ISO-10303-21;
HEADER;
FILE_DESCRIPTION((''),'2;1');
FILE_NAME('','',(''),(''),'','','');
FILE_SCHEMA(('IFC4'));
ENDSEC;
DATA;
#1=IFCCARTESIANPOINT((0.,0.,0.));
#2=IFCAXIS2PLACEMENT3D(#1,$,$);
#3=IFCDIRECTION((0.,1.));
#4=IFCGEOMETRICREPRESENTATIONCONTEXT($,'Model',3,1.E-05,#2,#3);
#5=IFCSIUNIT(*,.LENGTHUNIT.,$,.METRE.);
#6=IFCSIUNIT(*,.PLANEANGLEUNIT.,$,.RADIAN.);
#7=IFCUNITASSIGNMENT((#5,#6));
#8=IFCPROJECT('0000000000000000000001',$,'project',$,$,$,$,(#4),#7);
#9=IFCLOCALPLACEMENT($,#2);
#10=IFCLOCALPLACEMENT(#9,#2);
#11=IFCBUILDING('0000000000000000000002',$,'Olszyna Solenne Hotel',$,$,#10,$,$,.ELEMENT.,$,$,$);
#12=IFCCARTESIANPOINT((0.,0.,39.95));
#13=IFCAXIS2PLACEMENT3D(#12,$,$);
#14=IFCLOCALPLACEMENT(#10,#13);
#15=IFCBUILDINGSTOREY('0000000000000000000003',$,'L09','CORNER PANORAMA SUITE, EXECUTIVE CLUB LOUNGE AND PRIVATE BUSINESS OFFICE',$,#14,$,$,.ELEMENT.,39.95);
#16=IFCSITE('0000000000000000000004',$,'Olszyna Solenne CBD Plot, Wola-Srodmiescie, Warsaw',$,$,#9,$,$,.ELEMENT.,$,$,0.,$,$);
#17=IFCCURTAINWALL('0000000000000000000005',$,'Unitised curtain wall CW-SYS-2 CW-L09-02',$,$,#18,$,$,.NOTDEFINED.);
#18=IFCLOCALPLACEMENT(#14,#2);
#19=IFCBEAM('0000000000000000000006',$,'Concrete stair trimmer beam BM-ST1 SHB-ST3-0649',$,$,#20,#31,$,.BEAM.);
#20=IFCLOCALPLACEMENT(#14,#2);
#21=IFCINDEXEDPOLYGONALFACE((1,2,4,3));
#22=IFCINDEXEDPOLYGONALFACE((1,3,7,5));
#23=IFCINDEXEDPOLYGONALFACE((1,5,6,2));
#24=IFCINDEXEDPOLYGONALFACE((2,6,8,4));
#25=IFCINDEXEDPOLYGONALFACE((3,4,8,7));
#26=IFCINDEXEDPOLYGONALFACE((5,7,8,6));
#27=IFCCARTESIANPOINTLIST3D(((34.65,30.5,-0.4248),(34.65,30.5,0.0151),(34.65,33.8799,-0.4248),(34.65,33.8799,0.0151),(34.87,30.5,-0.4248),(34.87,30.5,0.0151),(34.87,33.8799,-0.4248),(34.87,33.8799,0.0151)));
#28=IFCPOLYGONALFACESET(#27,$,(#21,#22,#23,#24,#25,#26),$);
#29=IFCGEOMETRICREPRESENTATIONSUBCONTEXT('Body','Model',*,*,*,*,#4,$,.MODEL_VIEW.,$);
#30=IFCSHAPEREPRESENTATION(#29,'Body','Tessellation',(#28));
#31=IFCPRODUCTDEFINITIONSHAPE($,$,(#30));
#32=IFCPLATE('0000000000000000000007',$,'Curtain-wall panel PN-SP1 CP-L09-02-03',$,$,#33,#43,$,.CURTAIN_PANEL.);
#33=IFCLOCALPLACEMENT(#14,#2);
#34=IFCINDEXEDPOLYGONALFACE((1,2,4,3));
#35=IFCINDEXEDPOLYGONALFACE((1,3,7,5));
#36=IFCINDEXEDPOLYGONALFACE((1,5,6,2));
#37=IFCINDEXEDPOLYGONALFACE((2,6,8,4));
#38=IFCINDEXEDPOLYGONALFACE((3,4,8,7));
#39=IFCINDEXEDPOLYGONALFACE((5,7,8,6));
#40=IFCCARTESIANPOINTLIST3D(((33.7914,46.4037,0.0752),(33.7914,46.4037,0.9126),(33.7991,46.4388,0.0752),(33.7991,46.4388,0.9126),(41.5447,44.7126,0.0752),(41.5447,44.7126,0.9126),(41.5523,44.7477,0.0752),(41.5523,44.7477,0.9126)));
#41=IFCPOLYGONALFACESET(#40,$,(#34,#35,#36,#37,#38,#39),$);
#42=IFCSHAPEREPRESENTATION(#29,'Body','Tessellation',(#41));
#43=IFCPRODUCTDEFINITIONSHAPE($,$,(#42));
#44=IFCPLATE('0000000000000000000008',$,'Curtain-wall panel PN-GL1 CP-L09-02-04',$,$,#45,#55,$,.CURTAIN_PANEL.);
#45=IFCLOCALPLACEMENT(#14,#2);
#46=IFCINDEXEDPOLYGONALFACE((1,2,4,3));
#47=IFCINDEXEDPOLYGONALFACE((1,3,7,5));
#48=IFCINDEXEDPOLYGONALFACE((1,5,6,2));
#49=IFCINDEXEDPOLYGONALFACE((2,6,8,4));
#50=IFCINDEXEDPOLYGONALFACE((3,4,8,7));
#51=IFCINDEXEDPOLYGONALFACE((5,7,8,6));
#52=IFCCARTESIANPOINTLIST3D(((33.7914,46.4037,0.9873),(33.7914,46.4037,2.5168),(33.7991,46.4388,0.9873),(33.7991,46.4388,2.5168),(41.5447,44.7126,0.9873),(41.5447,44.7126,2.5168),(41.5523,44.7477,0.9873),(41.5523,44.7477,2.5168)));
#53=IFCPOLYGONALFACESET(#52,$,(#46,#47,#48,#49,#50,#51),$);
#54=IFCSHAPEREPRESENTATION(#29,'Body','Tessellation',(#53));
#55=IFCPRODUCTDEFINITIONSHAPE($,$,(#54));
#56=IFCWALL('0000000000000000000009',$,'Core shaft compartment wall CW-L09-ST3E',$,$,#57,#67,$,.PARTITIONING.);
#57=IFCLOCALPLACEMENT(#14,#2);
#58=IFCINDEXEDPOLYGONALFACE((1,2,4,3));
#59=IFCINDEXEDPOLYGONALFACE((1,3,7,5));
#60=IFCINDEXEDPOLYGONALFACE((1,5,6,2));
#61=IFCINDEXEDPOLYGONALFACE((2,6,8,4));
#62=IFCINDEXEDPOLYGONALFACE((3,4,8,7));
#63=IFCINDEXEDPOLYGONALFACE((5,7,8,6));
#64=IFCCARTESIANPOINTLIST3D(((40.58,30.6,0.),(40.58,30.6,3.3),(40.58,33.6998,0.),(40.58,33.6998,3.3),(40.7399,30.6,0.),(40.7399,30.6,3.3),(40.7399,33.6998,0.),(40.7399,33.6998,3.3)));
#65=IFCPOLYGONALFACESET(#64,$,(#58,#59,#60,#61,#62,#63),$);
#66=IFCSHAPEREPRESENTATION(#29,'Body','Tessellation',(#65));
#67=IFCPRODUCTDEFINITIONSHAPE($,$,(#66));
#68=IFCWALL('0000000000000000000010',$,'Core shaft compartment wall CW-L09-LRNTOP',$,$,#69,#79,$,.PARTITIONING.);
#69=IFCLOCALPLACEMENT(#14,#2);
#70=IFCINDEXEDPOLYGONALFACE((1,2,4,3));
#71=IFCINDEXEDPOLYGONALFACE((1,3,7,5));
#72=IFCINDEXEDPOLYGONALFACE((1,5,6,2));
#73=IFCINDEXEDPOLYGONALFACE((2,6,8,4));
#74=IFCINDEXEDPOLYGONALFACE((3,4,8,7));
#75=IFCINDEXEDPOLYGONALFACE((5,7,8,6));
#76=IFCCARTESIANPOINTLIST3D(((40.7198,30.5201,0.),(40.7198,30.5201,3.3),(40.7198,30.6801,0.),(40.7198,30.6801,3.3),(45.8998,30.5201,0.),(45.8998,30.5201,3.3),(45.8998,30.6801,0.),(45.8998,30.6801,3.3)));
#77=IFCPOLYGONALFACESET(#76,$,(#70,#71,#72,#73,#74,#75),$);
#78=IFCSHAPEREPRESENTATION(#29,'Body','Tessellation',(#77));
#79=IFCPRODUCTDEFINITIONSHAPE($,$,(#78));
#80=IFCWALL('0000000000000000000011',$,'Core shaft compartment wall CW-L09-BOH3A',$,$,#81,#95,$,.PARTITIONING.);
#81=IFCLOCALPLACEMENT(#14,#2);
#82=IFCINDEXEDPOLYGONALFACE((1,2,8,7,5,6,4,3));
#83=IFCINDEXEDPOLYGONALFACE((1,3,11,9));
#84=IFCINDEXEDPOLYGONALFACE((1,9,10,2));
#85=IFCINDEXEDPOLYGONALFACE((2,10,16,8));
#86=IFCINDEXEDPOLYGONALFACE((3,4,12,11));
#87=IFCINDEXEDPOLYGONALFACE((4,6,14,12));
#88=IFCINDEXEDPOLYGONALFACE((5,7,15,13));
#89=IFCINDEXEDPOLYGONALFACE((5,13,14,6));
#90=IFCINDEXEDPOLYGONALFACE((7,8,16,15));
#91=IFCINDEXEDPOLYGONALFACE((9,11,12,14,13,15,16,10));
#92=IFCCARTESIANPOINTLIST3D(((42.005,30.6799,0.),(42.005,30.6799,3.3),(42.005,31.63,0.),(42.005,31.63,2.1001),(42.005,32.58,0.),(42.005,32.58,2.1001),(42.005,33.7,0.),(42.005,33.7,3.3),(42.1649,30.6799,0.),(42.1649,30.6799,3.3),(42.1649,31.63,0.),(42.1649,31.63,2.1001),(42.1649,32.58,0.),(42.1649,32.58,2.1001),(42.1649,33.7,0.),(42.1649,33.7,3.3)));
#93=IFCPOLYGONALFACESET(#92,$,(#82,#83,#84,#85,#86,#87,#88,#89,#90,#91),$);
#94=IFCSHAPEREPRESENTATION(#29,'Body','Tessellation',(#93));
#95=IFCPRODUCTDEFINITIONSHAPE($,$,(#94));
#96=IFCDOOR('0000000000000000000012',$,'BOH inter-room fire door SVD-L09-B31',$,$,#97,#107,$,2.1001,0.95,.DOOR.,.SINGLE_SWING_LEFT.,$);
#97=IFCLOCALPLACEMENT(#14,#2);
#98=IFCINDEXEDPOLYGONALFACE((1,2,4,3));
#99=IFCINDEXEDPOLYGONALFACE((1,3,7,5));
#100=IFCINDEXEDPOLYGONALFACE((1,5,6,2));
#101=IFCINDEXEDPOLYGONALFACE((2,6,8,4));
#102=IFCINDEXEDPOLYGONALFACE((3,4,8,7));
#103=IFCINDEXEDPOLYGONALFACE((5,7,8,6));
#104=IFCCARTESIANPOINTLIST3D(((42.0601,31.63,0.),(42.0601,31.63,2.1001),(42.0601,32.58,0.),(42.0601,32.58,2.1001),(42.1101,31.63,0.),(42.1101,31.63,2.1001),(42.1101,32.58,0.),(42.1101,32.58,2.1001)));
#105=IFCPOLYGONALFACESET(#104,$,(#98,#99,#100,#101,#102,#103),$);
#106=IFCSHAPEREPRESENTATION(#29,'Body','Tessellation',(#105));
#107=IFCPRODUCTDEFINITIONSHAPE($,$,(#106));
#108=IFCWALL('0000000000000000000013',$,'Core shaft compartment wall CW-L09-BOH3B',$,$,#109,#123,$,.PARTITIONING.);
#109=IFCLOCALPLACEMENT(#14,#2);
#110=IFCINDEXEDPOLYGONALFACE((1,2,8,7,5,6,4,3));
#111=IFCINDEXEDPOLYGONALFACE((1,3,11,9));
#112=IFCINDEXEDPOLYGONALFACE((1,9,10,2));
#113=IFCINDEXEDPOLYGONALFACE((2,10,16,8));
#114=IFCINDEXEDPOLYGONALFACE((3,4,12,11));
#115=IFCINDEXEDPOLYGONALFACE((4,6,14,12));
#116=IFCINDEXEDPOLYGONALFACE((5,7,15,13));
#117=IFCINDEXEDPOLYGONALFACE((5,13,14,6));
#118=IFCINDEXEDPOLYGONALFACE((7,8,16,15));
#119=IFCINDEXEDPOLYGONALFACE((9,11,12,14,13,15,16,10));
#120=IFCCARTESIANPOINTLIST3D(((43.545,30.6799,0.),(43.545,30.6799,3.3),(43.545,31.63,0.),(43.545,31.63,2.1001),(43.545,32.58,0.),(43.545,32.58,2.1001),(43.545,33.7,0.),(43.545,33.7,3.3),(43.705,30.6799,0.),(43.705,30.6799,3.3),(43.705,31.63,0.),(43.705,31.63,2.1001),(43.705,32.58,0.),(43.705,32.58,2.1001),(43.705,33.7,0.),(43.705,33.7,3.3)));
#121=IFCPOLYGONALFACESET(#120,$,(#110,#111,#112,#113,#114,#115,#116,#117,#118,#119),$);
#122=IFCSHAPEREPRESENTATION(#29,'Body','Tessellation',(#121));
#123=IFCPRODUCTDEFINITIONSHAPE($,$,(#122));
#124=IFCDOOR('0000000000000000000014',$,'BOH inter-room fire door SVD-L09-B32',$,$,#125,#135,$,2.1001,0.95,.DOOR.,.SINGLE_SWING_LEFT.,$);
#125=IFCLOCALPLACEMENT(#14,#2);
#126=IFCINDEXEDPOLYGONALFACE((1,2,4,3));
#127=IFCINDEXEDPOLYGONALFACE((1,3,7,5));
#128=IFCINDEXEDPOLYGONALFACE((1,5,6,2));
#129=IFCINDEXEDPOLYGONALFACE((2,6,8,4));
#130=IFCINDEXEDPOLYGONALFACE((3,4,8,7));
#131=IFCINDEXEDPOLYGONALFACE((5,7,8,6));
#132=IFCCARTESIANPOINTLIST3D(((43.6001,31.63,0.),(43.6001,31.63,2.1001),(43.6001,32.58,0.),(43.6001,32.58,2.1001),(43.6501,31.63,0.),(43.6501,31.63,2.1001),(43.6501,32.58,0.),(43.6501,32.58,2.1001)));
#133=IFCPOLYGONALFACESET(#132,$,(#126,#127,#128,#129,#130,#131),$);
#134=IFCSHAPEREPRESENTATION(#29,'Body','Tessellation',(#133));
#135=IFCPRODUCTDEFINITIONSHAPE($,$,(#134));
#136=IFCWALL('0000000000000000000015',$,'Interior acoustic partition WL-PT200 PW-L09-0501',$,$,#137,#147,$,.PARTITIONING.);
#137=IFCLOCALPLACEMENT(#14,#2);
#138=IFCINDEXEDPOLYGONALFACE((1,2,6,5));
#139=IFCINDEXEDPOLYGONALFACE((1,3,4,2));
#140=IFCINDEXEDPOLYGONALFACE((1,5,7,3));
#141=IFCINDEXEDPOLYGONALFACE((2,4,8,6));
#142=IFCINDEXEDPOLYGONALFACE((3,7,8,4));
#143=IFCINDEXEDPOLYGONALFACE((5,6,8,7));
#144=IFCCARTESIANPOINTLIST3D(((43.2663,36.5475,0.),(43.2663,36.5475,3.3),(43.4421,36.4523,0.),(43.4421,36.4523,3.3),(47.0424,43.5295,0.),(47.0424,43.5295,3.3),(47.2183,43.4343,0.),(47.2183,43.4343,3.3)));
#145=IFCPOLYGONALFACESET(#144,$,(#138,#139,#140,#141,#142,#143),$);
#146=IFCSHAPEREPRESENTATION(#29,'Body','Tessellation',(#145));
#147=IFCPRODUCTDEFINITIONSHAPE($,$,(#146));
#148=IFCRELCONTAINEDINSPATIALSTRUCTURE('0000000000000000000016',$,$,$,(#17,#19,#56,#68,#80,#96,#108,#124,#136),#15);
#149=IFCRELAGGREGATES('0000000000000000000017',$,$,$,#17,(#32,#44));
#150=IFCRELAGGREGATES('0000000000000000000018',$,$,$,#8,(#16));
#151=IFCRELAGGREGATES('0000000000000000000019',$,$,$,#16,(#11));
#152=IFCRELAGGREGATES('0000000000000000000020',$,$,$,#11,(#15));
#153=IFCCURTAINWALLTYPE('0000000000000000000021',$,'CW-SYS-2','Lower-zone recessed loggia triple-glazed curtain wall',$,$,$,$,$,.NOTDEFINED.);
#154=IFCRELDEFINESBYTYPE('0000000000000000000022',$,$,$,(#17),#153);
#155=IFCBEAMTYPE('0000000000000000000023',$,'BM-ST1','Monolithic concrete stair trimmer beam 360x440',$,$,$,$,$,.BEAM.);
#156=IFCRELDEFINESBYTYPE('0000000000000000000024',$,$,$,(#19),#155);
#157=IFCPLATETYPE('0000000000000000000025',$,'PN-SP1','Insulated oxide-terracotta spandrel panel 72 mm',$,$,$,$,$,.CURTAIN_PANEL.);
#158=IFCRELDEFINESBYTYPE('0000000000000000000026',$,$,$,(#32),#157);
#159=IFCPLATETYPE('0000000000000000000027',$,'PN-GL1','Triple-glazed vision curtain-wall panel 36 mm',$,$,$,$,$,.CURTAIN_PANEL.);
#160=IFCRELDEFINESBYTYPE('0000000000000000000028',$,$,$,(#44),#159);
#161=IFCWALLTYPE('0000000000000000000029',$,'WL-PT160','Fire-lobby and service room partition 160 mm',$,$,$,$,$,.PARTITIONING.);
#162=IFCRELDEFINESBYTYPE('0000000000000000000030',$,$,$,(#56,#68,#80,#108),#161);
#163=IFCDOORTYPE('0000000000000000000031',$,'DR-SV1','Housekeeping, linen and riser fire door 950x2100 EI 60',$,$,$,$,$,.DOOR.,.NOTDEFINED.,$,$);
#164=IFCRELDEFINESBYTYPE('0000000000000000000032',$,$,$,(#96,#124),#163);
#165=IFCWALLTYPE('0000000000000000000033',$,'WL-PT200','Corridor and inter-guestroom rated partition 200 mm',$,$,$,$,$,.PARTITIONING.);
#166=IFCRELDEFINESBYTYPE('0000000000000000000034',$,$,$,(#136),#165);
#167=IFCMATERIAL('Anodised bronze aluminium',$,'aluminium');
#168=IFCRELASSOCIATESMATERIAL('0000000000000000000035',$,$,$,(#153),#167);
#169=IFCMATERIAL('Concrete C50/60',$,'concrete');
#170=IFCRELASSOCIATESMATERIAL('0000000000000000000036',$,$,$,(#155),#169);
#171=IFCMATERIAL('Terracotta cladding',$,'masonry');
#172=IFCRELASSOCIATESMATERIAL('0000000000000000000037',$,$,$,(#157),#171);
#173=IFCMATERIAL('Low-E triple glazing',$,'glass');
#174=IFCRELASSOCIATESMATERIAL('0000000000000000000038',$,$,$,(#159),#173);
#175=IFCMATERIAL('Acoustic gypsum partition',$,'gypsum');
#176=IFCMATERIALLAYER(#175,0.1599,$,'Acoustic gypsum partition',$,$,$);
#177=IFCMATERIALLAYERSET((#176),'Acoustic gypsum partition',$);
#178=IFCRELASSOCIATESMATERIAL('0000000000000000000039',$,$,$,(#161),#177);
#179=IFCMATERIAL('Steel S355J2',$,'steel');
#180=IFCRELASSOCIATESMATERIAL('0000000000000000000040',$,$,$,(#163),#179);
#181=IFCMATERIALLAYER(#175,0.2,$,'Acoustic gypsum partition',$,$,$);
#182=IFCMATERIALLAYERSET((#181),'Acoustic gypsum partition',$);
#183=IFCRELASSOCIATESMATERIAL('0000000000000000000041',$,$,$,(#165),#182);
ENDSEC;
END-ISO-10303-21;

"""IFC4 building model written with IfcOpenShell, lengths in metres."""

from ifc_helpers import new_model, si_unit, direction, frame, frame_2d, origin, origin_2d, place, context, subcontext, project, spatial, rectangle, extrude, source, transform, mapped, material, layer, layer_set, material_profile, profile_set, type_object, type_shapes, element, fill, aggregate, save


model = new_model("IFC4")

# Units and contexts
model_context = context("Model", 3, precision=1e-05, world=origin(), true_north=direction((0.0, 1.0)))
body_context = subcontext(model_context, "Body", "Model", "MODEL_VIEW")
ifc_project = project(units=[si_unit("LENGTHUNIT", "METRE"), si_unit("PLANEANGLEUNIT", "RADIAN")], contexts=[model_context])

# Site, building, storey
site_placement = place(None, origin())
site = spatial("IfcSite", under=ifc_project, at=site_placement, Name="Olszyna Solenne CBD Plot, Wola-Srodmiescie, Warsaw", CompositionType="ELEMENT", RefElevation=0.0)
building_placement = place(site_placement, origin())
building = spatial("IfcBuilding", under=site, at=building_placement, Name="Olszyna Solenne Hotel", CompositionType="ELEMENT")
storey_placement = place(building_placement, frame((0.0, 0.0, 39.95)))
storey = spatial("IfcBuildingStorey", under=building, at=storey_placement, Name="L09", Description="CORNER PANORAMA SUITE, EXECUTIVE CLUB LOUNGE AND PRIVATE BUSINESS OFFICE", CompositionType="ELEMENT", Elevation=39.95)

# Shared definitions
ifc_material_1 = material(Name="Steel S355J2", Category="steel")

# Curtain wall
ifc_material_2 = material(Name="Anodised bronze aluminium", Category="aluminium")
curtain_wall_type = type_object("IfcCurtainWallType", Name="CW-SYS-2", Description="Lower-zone recessed loggia triple-glazed curtain wall", PredefinedType="NOTDEFINED", material=ifc_material_2)
curtain_wall_placement = place(storey_placement, origin())
curtain_wall = element("IfcCurtainWall", 1, at=curtain_wall_placement, inside=storey, type_object=curtain_wall_type, Name="Unitised curtain wall CW-SYS-2 CW-L09-02", PredefinedType="NOTDEFINED")

# Beam
ifc_material_3 = material(Name="Concrete C50/60", Category="concrete")
ifc_material_profile_1 = material_profile(ifc_material_3, rectangle(XDim=0.22, YDim=0.4399, at=origin_2d()), Name="RC 220x440", Category="load-bearing")
ifc_profile_set_1 = profile_set([ifc_material_profile_1], Name="Concrete C50/60")
beam_type_1 = type_object("IfcBeamType", Name="BM-ST1", Description="Monolithic concrete stair trimmer beam 360x440", PredefinedType="BEAM", material=ifc_profile_set_1)
shared_shape_1 = source(origin(), body_context, "Body", "SweptSolid", [
    extrude(rectangle(XDim=0.22, YDim=0.4399, at=origin_2d()), origin(), (0.0, 0.0, 1.0), 3.3799),
])
beam_1_placement = place(storey_placement, frame((34.76, 30.5, -0.2048), z_axis=(0.0, 1.0, 0.0), x_axis=(-1.0, 0.0, 0.0)))
element("IfcBeam", 2, at=beam_1_placement, inside=storey, type_object=beam_type_1, Name="Concrete stair trimmer beam BM-ST1 SHB-ST3-0649", PredefinedType="BEAM", context=body_context, shape_type="MappedRepresentation", body=[
    mapped(shared_shape_1, transform((0.0, 0.0, 0.0), x_axis=(1.0, 0.0, 0.0), y_axis=(0.0, 1.0, 0.0), z_axis=(0.0, 0.0, 1.0), scale=1.0)),
])

# Plates
ifc_material_4 = material(Name="Terracotta cladding", Category="masonry")
plate_type_1 = type_object("IfcPlateType", Name="PN-SP1", Description="Insulated oxide-terracotta spandrel panel 72 mm", PredefinedType="CURTAIN_PANEL", material=ifc_material_4)
shared_shape_2 = source(origin(), body_context, "Body", "SweptSolid", [
    extrude(rectangle(XDim=7.9355, YDim=0.0359, at=origin_2d()), origin(), (0.0, 0.0, 1.0), 0.8374),
])
plate_1_placement = place(storey_placement, frame((37.6719, 45.5757, 0.0752), z_axis=(0.0, 0.0, 1.0), x_axis=(0.97703, -0.213104, 0.0)))
plate_1 = element("IfcPlate", 3, at=plate_1_placement, type_object=plate_type_1, Name="Curtain-wall panel PN-SP1 CP-L09-02-03", PredefinedType="CURTAIN_PANEL", context=body_context, shape_type="MappedRepresentation", body=[
    mapped(shared_shape_2, transform((0.0, 0.0, 0.0), x_axis=(1.0, 0.0, 0.0), y_axis=(0.0, 1.0, 0.0), z_axis=(0.0, 0.0, 1.0), scale=1.0)),
])
ifc_material_5 = material(Name="Low-E triple glazing", Category="glass")
plate_type_2 = type_object("IfcPlateType", Name="PN-GL1", Description="Triple-glazed vision curtain-wall panel 36 mm", PredefinedType="CURTAIN_PANEL", material=ifc_material_5)
shared_shape_3 = source(origin(), body_context, "Body", "SweptSolid", [
    extrude(rectangle(XDim=7.9355, YDim=0.0359, at=origin_2d()), origin(), (0.0, 0.0, 1.0), 1.5295),
])
plate_2_placement = place(storey_placement, frame((37.6719, 45.5757, 0.9873), z_axis=(0.0, 0.0, 1.0), x_axis=(0.97703, -0.213104, 0.0)))
plate_2 = element("IfcPlate", 4, at=plate_2_placement, type_object=plate_type_2, Name="Curtain-wall panel PN-GL1 CP-L09-02-04", PredefinedType="CURTAIN_PANEL", context=body_context, shape_type="MappedRepresentation", body=[
    mapped(shared_shape_3, transform((0.0, 0.0, 0.0), x_axis=(1.0, 0.0, 0.0), y_axis=(0.0, 1.0, 0.0), z_axis=(0.0, 0.0, 1.0), scale=1.0)),
])
aggregate(curtain_wall, [plate_1, plate_2])

# Walls
ifc_material_6 = material(Name="Acoustic gypsum partition", Category="gypsum")
ifc_layer_1 = layer(ifc_material_6, 0.1599, Name="Acoustic gypsum partition")
ifc_layer_set_1 = layer_set([ifc_layer_1], Name="Acoustic gypsum partition")
wall_type_1 = type_object("IfcWallType", Name="WL-PT160", Description="Fire-lobby and service room partition 160 mm", PredefinedType="PARTITIONING", material=ifc_layer_set_1)
wall_1_placement = place(storey_placement, frame((40.6599, 30.6001, 0.0), z_axis=(0.0, 0.0, 1.0), x_axis=(0.0, 1.0, 0.0)))
element("IfcWall", 5, at=wall_1_placement, inside=storey, type_object=wall_type_1, Name="Core shaft compartment wall CW-L09-ST3E", PredefinedType="PARTITIONING", context=body_context, shape_type="SweptSolid", body=[
    extrude(rectangle(XDim=3.0999, YDim=0.1599, at=frame_2d((1.5498, 0.0))), origin(), (0.0, 0.0, 1.0), 3.3),
])
wall_2_placement = place(storey_placement, frame((40.72, 30.6001, 0.0), z_axis=(0.0, 0.0, 1.0), x_axis=(1.0, 0.0, 0.0)))
element("IfcWall", 6, at=wall_2_placement, inside=storey, type_object=wall_type_1, Name="Core shaft compartment wall CW-L09-LRNTOP", PredefinedType="PARTITIONING", context=body_context, shape_type="SweptSolid", body=[
    extrude(rectangle(XDim=5.1799, YDim=0.1599, at=frame_2d((2.5898, 0.0))), origin(), (0.0, 0.0, 1.0), 3.3),
])

# Walls, openings, doors
wall_3_placement = place(storey_placement, frame((42.085, 30.6799, 0.0), z_axis=(0.0, 0.0, 1.0), x_axis=(0.0, 1.0, 0.0)))
wall_3 = element("IfcWall", 7, at=wall_3_placement, inside=storey, type_object=wall_type_1, Name="Core shaft compartment wall CW-L09-BOH3A", PredefinedType="PARTITIONING", context=body_context, shape_type="SweptSolid", body=[
    extrude(rectangle(XDim=3.02, YDim=0.1599, at=frame_2d((1.51, 0.0))), origin(), (0.0, 0.0, 1.0), 3.3),
])
opening_1_placement = place(wall_3_placement, frame((0.95, 0.0, 0.0)))
opening_1 = element("IfcOpeningElement", 8, at=opening_1_placement, cuts=wall_3, PredefinedType="OPENING", context=body_context, shape_type="SweptSolid", body=[
    extrude(rectangle(XDim=0.95, YDim=2.1001, at=frame_2d((0.4751, 1.05))), frame((0.0, 0.0898, 0.0), z_axis=(0.0, -1.0, 0.0), x_axis=(1.0, 0.0, 0.0)), (0.0, 0.0, 1.0), 0.1799),
])
door_type = type_object("IfcDoorType", Name="DR-SV1", Description="Housekeeping, linen and riser fire door 950x2100 EI 60", OperationType="NOTDEFINED", PredefinedType="DOOR", material=ifc_material_1)
shared_shape_4 = source(origin(), body_context, "Body", "SweptSolid", [
    extrude(rectangle(XDim=0.95, YDim=2.1001, at=frame_2d((0.4751, 1.05))), frame((0.0, 0.0249, 0.0), z_axis=(0.0, -1.0, 0.0), x_axis=(1.0, 0.0, 0.0)), (0.0, 0.0, 1.0), 0.05),
])
type_shapes(door_type, [shared_shape_4])
door_1_placement = place(opening_1_placement, origin())
door_1 = element("IfcDoor", 9, at=door_1_placement, inside=storey, type_object=door_type, Name="BOH inter-room fire door SVD-L09-B31", OperationType="SINGLE_SWING_LEFT", OverallHeight=2.1001, OverallWidth=0.95, PredefinedType="DOOR", context=body_context, shape_type="MappedRepresentation", body=[
    mapped(shared_shape_4, transform((0.0, 0.0, 0.0), x_axis=(1.0, 0.0, 0.0), y_axis=(0.0, 1.0, 0.0), z_axis=(0.0, 0.0, 1.0), scale=1.0)),
])
fill(opening_1, door_1)
wall_4_placement = place(storey_placement, frame((43.625, 30.6799, 0.0), z_axis=(0.0, 0.0, 1.0), x_axis=(0.0, 1.0, 0.0)))
wall_4 = element("IfcWall", 10, at=wall_4_placement, inside=storey, type_object=wall_type_1, Name="Core shaft compartment wall CW-L09-BOH3B", PredefinedType="PARTITIONING", context=body_context, shape_type="SweptSolid", body=[
    extrude(rectangle(XDim=3.02, YDim=0.1599, at=frame_2d((1.51, 0.0))), origin(), (0.0, 0.0, 1.0), 3.3),
])
opening_2_placement = place(wall_4_placement, frame((0.95, 0.0, 0.0)))
opening_2 = element("IfcOpeningElement", 11, at=opening_2_placement, cuts=wall_4, PredefinedType="OPENING", context=body_context, shape_type="SweptSolid", body=[
    extrude(rectangle(XDim=0.95, YDim=2.1001, at=frame_2d((0.4751, 1.05))), frame((0.0, 0.0898, 0.0), z_axis=(0.0, -1.0, 0.0), x_axis=(1.0, 0.0, 0.0)), (0.0, 0.0, 1.0), 0.1799),
])
door_2_placement = place(opening_2_placement, origin())
door_2 = element("IfcDoor", 12, at=door_2_placement, inside=storey, type_object=door_type, Name="BOH inter-room fire door SVD-L09-B32", OperationType="SINGLE_SWING_LEFT", OverallHeight=2.1001, OverallWidth=0.95, PredefinedType="DOOR", context=body_context, shape_type="MappedRepresentation", body=[
    mapped(shared_shape_4, transform((0.0, 0.0, 0.0), x_axis=(1.0, 0.0, 0.0), y_axis=(0.0, 1.0, 0.0), z_axis=(0.0, 0.0, 1.0), scale=1.0)),
])
fill(opening_2, door_2)

# Wall
ifc_layer_2 = layer(ifc_material_6, 0.2, Name="Acoustic gypsum partition")
ifc_layer_set_2 = layer_set([ifc_layer_2], Name="Acoustic gypsum partition")
wall_type_2 = type_object("IfcWallType", Name="WL-PT200", Description="Corridor and inter-guestroom rated partition 200 mm", PredefinedType="PARTITIONING", material=ifc_layer_set_2)
wall_5_placement = place(storey_placement, frame((43.3542, 36.5, 0.0), z_axis=(0.0, 0.0, 1.0), x_axis=(0.475722, 0.879596, 0.0)))
element("IfcWall", 13, at=wall_5_placement, inside=storey, type_object=wall_type_2, Name="Interior acoustic partition WL-PT200 PW-L09-0501", PredefinedType="PARTITIONING", context=body_context, shape_type="SweptSolid", body=[
    extrude(rectangle(XDim=7.9377, YDim=0.2, at=frame_2d((3.9688, 0.0))), origin(), (0.0, 0.0, 1.0), 3.3),
])

save(model, "model.ifc")
